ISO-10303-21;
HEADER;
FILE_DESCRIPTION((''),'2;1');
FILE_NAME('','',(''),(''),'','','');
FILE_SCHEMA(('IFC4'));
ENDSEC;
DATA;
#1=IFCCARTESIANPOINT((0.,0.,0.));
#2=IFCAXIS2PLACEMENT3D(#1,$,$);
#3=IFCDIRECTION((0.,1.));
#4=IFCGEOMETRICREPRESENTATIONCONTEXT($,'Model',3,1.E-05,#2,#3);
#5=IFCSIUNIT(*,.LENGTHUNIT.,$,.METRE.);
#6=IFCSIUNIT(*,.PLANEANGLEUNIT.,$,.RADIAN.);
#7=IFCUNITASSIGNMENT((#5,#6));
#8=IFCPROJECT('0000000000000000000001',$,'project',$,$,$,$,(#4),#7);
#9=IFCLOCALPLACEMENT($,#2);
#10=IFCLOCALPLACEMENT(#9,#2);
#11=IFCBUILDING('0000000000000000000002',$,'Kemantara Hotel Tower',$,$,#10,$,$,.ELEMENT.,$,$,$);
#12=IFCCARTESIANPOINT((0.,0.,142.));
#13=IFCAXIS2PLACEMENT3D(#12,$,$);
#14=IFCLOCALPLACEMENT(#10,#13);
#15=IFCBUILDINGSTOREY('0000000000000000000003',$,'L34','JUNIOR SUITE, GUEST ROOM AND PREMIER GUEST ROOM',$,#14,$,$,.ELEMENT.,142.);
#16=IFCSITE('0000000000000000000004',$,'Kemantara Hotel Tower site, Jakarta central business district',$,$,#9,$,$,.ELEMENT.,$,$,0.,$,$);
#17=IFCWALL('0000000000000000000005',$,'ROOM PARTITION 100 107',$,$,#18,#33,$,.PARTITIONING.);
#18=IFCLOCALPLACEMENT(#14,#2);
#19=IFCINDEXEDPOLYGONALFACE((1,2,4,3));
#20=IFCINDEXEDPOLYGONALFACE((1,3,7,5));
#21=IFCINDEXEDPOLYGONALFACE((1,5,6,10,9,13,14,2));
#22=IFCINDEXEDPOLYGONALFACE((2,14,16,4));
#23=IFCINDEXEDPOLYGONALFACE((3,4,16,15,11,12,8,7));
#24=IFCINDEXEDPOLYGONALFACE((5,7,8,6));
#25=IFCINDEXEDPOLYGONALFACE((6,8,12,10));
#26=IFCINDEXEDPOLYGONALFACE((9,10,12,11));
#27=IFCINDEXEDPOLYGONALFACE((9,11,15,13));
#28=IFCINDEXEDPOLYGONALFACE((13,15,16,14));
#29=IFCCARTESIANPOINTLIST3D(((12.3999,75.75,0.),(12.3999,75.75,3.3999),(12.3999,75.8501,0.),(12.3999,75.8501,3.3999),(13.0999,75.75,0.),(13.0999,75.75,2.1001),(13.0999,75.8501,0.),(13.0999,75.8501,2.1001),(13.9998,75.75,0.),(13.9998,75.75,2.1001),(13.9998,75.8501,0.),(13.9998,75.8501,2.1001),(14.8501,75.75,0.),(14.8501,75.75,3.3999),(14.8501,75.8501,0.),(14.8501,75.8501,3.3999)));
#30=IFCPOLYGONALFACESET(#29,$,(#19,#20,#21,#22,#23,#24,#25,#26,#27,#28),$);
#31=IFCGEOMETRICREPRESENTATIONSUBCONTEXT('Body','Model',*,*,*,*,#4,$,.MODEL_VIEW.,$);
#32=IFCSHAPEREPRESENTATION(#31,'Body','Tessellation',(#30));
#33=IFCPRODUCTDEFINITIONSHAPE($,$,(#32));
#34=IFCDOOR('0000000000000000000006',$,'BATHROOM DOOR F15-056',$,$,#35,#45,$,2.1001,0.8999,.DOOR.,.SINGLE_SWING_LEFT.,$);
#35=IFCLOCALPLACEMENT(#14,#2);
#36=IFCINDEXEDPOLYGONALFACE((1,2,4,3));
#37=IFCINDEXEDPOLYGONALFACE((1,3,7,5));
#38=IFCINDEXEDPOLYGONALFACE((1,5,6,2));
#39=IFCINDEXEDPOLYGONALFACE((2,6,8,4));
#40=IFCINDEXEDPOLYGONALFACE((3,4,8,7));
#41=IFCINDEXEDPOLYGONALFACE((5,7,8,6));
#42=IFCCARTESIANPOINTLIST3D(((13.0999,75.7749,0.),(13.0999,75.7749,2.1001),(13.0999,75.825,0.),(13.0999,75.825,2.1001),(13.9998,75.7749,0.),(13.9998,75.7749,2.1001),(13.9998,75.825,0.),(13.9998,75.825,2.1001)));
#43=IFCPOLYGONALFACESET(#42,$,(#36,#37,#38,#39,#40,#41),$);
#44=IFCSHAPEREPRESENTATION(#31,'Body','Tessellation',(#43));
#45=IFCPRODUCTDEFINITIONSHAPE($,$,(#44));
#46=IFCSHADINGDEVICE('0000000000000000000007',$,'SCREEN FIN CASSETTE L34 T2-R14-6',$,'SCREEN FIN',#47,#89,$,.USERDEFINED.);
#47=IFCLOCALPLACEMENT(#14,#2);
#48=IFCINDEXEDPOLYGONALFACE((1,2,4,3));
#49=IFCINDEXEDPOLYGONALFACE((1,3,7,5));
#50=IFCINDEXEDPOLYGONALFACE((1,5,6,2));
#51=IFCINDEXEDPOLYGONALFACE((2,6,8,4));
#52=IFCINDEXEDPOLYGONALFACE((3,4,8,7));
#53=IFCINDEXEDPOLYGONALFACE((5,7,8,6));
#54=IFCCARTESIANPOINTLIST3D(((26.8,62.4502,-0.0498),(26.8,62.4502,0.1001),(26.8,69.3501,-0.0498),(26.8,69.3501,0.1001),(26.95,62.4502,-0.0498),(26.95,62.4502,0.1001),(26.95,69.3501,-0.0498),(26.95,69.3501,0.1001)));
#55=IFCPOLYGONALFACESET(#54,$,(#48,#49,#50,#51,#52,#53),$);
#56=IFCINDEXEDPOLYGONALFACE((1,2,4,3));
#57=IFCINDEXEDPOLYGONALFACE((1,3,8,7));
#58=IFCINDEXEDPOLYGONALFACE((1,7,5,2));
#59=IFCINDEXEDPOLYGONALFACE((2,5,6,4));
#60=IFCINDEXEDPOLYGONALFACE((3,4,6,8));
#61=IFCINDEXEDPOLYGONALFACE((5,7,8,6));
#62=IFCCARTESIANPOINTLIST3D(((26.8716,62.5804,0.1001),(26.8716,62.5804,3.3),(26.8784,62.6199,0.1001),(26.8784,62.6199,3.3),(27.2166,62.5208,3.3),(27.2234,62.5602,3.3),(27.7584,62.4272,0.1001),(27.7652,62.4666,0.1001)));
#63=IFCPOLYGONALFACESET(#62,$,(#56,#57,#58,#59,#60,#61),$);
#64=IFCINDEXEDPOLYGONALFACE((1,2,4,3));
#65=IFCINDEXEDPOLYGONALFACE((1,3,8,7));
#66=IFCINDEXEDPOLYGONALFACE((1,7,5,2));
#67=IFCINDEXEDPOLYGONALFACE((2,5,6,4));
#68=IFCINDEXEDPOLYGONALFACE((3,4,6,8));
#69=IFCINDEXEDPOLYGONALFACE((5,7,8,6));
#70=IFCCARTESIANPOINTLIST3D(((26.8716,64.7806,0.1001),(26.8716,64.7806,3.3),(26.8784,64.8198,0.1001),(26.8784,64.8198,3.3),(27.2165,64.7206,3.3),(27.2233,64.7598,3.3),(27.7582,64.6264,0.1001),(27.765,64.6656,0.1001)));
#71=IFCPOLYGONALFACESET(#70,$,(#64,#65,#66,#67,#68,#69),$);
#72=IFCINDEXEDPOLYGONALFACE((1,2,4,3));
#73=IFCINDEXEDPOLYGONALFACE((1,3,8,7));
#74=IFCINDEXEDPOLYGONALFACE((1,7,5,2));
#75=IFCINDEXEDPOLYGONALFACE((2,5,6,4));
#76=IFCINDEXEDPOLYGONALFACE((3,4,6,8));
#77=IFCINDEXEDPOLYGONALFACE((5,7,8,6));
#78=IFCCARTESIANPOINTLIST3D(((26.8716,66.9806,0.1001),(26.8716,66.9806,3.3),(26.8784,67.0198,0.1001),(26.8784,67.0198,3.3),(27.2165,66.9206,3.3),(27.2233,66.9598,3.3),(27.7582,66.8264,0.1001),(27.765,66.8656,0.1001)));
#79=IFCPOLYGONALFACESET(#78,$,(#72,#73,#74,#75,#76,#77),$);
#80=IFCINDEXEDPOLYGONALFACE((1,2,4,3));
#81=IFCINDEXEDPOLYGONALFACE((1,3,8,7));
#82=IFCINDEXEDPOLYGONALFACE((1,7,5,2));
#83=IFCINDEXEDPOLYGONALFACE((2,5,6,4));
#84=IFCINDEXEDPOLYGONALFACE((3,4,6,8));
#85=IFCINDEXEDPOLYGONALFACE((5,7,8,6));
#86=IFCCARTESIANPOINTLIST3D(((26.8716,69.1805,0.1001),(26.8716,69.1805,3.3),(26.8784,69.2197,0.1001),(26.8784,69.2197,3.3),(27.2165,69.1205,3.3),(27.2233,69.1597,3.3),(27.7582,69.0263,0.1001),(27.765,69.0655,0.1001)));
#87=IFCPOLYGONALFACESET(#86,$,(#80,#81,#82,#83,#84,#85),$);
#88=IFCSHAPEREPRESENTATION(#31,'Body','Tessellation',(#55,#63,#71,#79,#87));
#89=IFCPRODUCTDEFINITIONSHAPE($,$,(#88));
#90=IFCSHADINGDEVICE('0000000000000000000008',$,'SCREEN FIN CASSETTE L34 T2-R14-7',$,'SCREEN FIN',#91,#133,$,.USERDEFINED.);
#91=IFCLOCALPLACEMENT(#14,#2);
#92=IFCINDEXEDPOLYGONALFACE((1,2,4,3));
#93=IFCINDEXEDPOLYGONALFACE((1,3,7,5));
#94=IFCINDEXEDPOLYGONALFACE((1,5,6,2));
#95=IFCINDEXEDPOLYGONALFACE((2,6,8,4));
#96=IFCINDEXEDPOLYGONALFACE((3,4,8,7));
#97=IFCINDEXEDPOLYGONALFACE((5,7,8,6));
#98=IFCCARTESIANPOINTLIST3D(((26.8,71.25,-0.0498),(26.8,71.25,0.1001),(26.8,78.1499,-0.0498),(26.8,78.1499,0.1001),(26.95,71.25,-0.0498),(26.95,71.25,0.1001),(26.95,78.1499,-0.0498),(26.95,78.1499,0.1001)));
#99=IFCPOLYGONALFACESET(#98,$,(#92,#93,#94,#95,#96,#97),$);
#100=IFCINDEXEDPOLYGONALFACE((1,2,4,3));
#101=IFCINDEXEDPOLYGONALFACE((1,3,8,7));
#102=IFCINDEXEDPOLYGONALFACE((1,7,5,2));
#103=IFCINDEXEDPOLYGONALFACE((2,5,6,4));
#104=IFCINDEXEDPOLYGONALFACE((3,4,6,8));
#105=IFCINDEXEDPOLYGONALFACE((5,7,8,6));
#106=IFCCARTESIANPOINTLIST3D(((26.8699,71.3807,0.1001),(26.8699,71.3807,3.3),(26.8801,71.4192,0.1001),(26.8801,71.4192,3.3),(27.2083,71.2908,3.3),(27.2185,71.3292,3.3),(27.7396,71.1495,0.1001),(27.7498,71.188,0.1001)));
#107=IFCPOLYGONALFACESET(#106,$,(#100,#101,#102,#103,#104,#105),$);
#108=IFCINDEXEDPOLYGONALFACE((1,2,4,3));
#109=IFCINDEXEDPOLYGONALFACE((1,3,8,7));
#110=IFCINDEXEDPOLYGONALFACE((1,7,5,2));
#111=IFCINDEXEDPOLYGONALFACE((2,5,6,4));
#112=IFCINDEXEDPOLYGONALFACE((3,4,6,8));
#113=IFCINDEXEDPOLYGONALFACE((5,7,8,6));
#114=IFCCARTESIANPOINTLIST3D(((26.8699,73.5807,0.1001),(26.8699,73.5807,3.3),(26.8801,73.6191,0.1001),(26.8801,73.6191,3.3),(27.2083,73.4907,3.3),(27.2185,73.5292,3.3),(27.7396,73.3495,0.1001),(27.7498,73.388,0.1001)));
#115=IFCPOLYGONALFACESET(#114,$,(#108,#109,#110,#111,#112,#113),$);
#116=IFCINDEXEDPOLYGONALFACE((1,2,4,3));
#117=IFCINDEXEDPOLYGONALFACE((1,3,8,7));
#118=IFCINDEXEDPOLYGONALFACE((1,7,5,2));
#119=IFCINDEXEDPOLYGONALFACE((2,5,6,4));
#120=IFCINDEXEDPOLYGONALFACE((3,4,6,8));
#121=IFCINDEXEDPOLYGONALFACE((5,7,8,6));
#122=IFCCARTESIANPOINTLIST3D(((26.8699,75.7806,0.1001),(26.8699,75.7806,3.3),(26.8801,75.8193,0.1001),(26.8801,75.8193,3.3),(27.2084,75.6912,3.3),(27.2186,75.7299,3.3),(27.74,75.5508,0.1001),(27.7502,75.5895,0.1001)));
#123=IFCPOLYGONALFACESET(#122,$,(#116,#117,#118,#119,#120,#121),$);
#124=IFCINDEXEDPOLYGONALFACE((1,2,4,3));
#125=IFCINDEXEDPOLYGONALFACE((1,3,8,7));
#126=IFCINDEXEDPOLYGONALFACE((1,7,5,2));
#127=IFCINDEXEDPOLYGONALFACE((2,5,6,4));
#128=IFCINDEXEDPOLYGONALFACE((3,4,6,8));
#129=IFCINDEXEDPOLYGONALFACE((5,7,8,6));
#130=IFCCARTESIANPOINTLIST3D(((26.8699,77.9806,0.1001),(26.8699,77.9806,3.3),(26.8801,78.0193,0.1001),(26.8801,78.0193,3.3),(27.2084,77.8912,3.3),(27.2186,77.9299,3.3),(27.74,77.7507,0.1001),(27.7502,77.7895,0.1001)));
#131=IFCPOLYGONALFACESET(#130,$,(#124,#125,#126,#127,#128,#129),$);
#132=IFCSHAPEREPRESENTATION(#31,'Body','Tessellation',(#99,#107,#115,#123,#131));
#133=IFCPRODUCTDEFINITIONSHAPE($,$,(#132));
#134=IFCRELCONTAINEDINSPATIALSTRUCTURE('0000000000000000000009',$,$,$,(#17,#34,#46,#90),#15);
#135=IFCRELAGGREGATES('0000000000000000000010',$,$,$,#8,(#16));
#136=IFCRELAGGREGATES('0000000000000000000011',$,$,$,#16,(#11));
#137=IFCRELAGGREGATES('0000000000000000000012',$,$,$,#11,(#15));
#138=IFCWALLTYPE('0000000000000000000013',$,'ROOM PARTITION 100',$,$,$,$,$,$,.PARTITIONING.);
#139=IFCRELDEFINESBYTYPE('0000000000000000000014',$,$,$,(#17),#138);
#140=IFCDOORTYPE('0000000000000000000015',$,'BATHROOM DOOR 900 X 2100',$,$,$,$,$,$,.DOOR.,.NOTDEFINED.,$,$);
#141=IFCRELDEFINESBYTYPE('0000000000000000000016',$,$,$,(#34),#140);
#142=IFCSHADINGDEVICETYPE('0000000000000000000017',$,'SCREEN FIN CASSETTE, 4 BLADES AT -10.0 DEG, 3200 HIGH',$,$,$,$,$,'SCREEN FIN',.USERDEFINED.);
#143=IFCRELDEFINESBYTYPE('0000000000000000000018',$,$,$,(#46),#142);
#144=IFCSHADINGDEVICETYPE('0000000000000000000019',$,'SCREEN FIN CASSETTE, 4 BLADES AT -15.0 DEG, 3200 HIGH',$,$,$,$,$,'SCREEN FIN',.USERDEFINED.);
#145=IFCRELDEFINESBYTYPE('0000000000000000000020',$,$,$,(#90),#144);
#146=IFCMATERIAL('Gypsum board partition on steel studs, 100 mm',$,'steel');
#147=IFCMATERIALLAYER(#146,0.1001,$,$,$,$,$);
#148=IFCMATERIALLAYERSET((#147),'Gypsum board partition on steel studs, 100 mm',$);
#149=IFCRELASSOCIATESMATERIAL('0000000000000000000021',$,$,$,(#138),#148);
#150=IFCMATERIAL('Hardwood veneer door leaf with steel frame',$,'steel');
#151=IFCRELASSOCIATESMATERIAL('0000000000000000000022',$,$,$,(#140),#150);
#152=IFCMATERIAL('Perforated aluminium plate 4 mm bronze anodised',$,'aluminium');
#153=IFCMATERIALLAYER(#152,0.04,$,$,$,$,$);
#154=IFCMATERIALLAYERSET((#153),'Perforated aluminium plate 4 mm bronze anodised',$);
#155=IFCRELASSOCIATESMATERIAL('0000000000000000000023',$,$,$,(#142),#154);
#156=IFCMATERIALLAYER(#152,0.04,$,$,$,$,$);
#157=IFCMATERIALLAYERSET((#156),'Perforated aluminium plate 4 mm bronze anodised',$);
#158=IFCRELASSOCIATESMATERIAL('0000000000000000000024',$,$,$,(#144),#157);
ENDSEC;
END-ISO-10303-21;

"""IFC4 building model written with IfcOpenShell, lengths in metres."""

from ifc_helpers import new_model, si_unit, direction, frame, frame_2d, origin, origin_2d, place, context, subcontext, project, spatial, polyline, rectangle, outline, extrude, source, transform, mapped, material, layer, layer_set, type_object, element, fill, save


model = new_model("IFC4")

# Units and contexts
model_context = context("Model", 3, precision=1e-05, world=origin(), true_north=direction((0.0, 1.0)))
body_context = subcontext(model_context, "Body", "Model", "MODEL_VIEW")
ifc_project = project(units=[si_unit("LENGTHUNIT", "METRE"), si_unit("PLANEANGLEUNIT", "RADIAN")], contexts=[model_context])

# Site, building, storey
site_placement = place(None, origin())
site = spatial("IfcSite", under=ifc_project, at=site_placement, Name="Kemantara Hotel Tower site, Jakarta central business district", CompositionType="ELEMENT", RefElevation=0.0)
building_placement = place(site_placement, origin())
building = spatial("IfcBuilding", under=site, at=building_placement, Name="Kemantara Hotel Tower", CompositionType="ELEMENT")
storey_placement = place(building_placement, frame((0.0, 0.0, 142.0)))
storey = spatial("IfcBuildingStorey", under=building, at=storey_placement, Name="L34", Description="JUNIOR SUITE, GUEST ROOM AND PREMIER GUEST ROOM", CompositionType="ELEMENT", Elevation=142.0)

# Shared definitions
ifc_material_1 = material(Name="Hardwood veneer door leaf with steel frame", Category="steel")

# Shared definitions
ifc_material_2 = material(Name="Gypsum board partition on steel studs, 100 mm", Category="steel")
ifc_layer_1 = layer(ifc_material_2, 0.1001)
ifc_layer_set_1 = layer_set([ifc_layer_1], Name="Gypsum board partition on steel studs, 100 mm")
wall_type_1 = type_object("IfcWallType", Name="ROOM PARTITION 100", PredefinedType="PARTITIONING", material=ifc_layer_set_1)

# Shared definitions
door_type_1 = type_object("IfcDoorType", Name="BATHROOM DOOR 900 X 2100", OperationType="NOTDEFINED", PredefinedType="DOOR", material=ifc_material_1)

# Wall, opening, door
wall_1_placement = place(storey_placement, frame((12.3999, 75.8, 0.0), z_axis=(0.0, 0.0, 1.0), x_axis=(1.0, 0.0, 0.0)))
wall_1 = element("IfcWall", 1, at=wall_1_placement, inside=storey, type_object=wall_type_1, Name="ROOM PARTITION 100 107", PredefinedType="PARTITIONING", context=body_context, shape_type="SweptSolid", body=[
    extrude(rectangle(XDim=2.4502, YDim=0.1001, at=frame_2d((1.2251, 0.0))), origin(), (0.0, 0.0, 1.0), 3.3999),
])
opening_1_placement = place(wall_1_placement, frame((0.7, 0.0, 0.0)))
opening_1 = element("IfcOpeningElement", 2, at=opening_1_placement, cuts=wall_1, PredefinedType="OPENING", context=body_context, shape_type="SweptSolid", body=[
    extrude(rectangle(XDim=0.8999, YDim=2.1001, at=frame_2d((0.45, 1.05))), frame((0.0, 0.0601, 0.0), z_axis=(0.0, -1.0, 0.0), x_axis=(1.0, 0.0, 0.0)), (0.0, 0.0, 1.0), 0.1201),
])
door_1_placement = place(opening_1_placement, origin())
door_1 = element("IfcDoor", 3, at=door_1_placement, inside=storey, type_object=door_type_1, Name="BATHROOM DOOR F15-056", OperationType="SINGLE_SWING_LEFT", OverallHeight=2.1001, OverallWidth=0.8999, PredefinedType="DOOR", context=body_context, shape_type="SweptSolid", body=[
    extrude(rectangle(XDim=0.8999, YDim=2.1001, at=frame_2d((0.45, 1.05))), frame((0.0, 0.0249, 0.0), z_axis=(0.0, -1.0, 0.0), x_axis=(1.0, 0.0, 0.0)), (0.0, 0.0, 1.0), 0.05),
])
fill(opening_1, door_1)

# Shading devices
ifc_material_3 = material(Name="Perforated aluminium plate 4 mm bronze anodised", Category="aluminium")
ifc_layer_2 = layer(ifc_material_3, 0.04)
ifc_layer_set_2 = layer_set([ifc_layer_2], Name="Perforated aluminium plate 4 mm bronze anodised")
shading_device_type_1 = type_object("IfcShadingDeviceType", Name="SCREEN FIN CASSETTE, 4 BLADES AT -10.0 DEG, 3200 HIGH", ElementType="SCREEN FIN", PredefinedType="USERDEFINED", material=ifc_layer_set_2)
shared_shape_1 = source(origin(), body_context, "Body", "SweptSolid", [
    extrude(rectangle(XDim=6.8999, YDim=0.1499, at=origin_2d()), frame((3.3, -0.075, -0.1499), z_axis=(0.0, 0.0, 1.0), x_axis=(1.0, 0.0, 0.0)), (0.0, 0.0, 1.0), 0.1499),
    extrude(outline(polyline([(0.0, 0.0), (0.8999, 0.0), (0.3501, 3.2), (0.0, 3.2), (0.0, 0.0)])), frame((0.0198, -0.0784, 0.0), z_axis=(-0.98539, 0.170314, 0.0), x_axis=(-0.170314, -0.98539, 0.0)), (0.0, 0.0, 1.0), 0.04),
    extrude(outline(polyline([(0.0, 0.0), (0.8999, 0.0), (0.3501, 3.2), (0.0, 3.2), (0.0, 0.0)])), frame((2.2197, -0.0784, 0.0), z_axis=(-0.985212, 0.171341, 0.0), x_axis=(-0.171341, -0.985212, 0.0)), (0.0, 0.0, 1.0), 0.0398),
    extrude(outline(polyline([(0.0, 0.0), (0.8999, 0.0), (0.3501, 3.2), (0.0, 3.2), (0.0, 0.0)])), frame((4.4197, -0.0784, 0.0), z_axis=(-0.985212, 0.171341, 0.0), x_axis=(-0.171341, -0.985212, 0.0)), (0.0, 0.0, 1.0), 0.0398),
    extrude(outline(polyline([(0.0, 0.0), (0.8999, 0.0), (0.3501, 3.2), (0.0, 3.2), (0.0, 0.0)])), frame((6.6196, -0.0784, 0.0), z_axis=(-0.985212, 0.171341, 0.0), x_axis=(-0.171341, -0.985212, 0.0)), (0.0, 0.0, 1.0), 0.0398),
])
shading_device_1_placement = place(storey_placement, frame((26.8, 62.6001, 0.1001), z_axis=(0.0, 0.0, 1.0), x_axis=(0.0, 1.0, 0.0)))
element("IfcShadingDevice", 4, at=shading_device_1_placement, inside=storey, type_object=shading_device_type_1, Name="SCREEN FIN CASSETTE L34 T2-R14-6", ObjectType="SCREEN FIN", PredefinedType="USERDEFINED", context=body_context, shape_type="MappedRepresentation", body=[
    mapped(shared_shape_1, transform((0.0, 0.0, 0.0))),
])
ifc_layer_3 = layer(ifc_material_3, 0.04)
ifc_layer_set_3 = layer_set([ifc_layer_3], Name="Perforated aluminium plate 4 mm bronze anodised")
shading_device_type_2 = type_object("IfcShadingDeviceType", Name="SCREEN FIN CASSETTE, 4 BLADES AT -15.0 DEG, 3200 HIGH", ElementType="SCREEN FIN", PredefinedType="USERDEFINED", material=ifc_layer_set_3)
shared_shape_2 = source(origin(), body_context, "Body", "SweptSolid", [
    extrude(rectangle(XDim=6.8999, YDim=0.1499, at=origin_2d()), frame((3.3, -0.075, -0.1499), z_axis=(0.0, 0.0, 1.0), x_axis=(1.0, 0.0, 0.0)), (0.0, 0.0, 1.0), 0.1499),
    extrude(outline(polyline([(0.0, 0.0), (0.8999, 0.0), (0.3501, 3.2), (0.0, 3.2), (0.0, 0.0)])), frame((0.0193, -0.0801, 0.0), z_axis=(-0.966438, 0.256901, 0.0), x_axis=(-0.256901, -0.966438, 0.0)), (0.0, 0.0, 1.0), 0.0398),
    extrude(outline(polyline([(0.0, 0.0), (0.8999, 0.0), (0.3501, 3.2), (0.0, 3.2), (0.0, 0.0)])), frame((2.2192, -0.0801, 0.0), z_axis=(-0.966438, 0.256901, 0.0), x_axis=(-0.256901, -0.966438, 0.0)), (0.0, 0.0, 1.0), 0.0398),
    extrude(outline(polyline([(0.0, 0.0), (0.8999, 0.0), (0.3501, 3.2), (0.0, 3.2), (0.0, 0.0)])), frame((4.4194, -0.0801, 0.0), z_axis=(-0.966838, 0.255391, 0.0), x_axis=(-0.255391, -0.966838, 0.0)), (0.0, 0.0, 1.0), 0.04),
    extrude(outline(polyline([(0.0, 0.0), (0.8999, 0.0), (0.3501, 3.2), (0.0, 3.2), (0.0, 0.0)])), frame((6.6194, -0.0801, 0.0), z_axis=(-0.966838, 0.255391, 0.0), x_axis=(-0.255391, -0.966838, 0.0)), (0.0, 0.0, 1.0), 0.04),
])
shading_device_2_placement = place(storey_placement, frame((26.8, 71.3999, 0.1001), z_axis=(0.0, 0.0, 1.0), x_axis=(0.0, 1.0, 0.0)))
element("IfcShadingDevice", 5, at=shading_device_2_placement, inside=storey, type_object=shading_device_type_2, Name="SCREEN FIN CASSETTE L34 T2-R14-7", ObjectType="SCREEN FIN", PredefinedType="USERDEFINED", context=body_context, shape_type="MappedRepresentation", body=[
    mapped(shared_shape_2, transform((0.0, 0.0, 0.0))),
])

save(model, "model.ifc")
